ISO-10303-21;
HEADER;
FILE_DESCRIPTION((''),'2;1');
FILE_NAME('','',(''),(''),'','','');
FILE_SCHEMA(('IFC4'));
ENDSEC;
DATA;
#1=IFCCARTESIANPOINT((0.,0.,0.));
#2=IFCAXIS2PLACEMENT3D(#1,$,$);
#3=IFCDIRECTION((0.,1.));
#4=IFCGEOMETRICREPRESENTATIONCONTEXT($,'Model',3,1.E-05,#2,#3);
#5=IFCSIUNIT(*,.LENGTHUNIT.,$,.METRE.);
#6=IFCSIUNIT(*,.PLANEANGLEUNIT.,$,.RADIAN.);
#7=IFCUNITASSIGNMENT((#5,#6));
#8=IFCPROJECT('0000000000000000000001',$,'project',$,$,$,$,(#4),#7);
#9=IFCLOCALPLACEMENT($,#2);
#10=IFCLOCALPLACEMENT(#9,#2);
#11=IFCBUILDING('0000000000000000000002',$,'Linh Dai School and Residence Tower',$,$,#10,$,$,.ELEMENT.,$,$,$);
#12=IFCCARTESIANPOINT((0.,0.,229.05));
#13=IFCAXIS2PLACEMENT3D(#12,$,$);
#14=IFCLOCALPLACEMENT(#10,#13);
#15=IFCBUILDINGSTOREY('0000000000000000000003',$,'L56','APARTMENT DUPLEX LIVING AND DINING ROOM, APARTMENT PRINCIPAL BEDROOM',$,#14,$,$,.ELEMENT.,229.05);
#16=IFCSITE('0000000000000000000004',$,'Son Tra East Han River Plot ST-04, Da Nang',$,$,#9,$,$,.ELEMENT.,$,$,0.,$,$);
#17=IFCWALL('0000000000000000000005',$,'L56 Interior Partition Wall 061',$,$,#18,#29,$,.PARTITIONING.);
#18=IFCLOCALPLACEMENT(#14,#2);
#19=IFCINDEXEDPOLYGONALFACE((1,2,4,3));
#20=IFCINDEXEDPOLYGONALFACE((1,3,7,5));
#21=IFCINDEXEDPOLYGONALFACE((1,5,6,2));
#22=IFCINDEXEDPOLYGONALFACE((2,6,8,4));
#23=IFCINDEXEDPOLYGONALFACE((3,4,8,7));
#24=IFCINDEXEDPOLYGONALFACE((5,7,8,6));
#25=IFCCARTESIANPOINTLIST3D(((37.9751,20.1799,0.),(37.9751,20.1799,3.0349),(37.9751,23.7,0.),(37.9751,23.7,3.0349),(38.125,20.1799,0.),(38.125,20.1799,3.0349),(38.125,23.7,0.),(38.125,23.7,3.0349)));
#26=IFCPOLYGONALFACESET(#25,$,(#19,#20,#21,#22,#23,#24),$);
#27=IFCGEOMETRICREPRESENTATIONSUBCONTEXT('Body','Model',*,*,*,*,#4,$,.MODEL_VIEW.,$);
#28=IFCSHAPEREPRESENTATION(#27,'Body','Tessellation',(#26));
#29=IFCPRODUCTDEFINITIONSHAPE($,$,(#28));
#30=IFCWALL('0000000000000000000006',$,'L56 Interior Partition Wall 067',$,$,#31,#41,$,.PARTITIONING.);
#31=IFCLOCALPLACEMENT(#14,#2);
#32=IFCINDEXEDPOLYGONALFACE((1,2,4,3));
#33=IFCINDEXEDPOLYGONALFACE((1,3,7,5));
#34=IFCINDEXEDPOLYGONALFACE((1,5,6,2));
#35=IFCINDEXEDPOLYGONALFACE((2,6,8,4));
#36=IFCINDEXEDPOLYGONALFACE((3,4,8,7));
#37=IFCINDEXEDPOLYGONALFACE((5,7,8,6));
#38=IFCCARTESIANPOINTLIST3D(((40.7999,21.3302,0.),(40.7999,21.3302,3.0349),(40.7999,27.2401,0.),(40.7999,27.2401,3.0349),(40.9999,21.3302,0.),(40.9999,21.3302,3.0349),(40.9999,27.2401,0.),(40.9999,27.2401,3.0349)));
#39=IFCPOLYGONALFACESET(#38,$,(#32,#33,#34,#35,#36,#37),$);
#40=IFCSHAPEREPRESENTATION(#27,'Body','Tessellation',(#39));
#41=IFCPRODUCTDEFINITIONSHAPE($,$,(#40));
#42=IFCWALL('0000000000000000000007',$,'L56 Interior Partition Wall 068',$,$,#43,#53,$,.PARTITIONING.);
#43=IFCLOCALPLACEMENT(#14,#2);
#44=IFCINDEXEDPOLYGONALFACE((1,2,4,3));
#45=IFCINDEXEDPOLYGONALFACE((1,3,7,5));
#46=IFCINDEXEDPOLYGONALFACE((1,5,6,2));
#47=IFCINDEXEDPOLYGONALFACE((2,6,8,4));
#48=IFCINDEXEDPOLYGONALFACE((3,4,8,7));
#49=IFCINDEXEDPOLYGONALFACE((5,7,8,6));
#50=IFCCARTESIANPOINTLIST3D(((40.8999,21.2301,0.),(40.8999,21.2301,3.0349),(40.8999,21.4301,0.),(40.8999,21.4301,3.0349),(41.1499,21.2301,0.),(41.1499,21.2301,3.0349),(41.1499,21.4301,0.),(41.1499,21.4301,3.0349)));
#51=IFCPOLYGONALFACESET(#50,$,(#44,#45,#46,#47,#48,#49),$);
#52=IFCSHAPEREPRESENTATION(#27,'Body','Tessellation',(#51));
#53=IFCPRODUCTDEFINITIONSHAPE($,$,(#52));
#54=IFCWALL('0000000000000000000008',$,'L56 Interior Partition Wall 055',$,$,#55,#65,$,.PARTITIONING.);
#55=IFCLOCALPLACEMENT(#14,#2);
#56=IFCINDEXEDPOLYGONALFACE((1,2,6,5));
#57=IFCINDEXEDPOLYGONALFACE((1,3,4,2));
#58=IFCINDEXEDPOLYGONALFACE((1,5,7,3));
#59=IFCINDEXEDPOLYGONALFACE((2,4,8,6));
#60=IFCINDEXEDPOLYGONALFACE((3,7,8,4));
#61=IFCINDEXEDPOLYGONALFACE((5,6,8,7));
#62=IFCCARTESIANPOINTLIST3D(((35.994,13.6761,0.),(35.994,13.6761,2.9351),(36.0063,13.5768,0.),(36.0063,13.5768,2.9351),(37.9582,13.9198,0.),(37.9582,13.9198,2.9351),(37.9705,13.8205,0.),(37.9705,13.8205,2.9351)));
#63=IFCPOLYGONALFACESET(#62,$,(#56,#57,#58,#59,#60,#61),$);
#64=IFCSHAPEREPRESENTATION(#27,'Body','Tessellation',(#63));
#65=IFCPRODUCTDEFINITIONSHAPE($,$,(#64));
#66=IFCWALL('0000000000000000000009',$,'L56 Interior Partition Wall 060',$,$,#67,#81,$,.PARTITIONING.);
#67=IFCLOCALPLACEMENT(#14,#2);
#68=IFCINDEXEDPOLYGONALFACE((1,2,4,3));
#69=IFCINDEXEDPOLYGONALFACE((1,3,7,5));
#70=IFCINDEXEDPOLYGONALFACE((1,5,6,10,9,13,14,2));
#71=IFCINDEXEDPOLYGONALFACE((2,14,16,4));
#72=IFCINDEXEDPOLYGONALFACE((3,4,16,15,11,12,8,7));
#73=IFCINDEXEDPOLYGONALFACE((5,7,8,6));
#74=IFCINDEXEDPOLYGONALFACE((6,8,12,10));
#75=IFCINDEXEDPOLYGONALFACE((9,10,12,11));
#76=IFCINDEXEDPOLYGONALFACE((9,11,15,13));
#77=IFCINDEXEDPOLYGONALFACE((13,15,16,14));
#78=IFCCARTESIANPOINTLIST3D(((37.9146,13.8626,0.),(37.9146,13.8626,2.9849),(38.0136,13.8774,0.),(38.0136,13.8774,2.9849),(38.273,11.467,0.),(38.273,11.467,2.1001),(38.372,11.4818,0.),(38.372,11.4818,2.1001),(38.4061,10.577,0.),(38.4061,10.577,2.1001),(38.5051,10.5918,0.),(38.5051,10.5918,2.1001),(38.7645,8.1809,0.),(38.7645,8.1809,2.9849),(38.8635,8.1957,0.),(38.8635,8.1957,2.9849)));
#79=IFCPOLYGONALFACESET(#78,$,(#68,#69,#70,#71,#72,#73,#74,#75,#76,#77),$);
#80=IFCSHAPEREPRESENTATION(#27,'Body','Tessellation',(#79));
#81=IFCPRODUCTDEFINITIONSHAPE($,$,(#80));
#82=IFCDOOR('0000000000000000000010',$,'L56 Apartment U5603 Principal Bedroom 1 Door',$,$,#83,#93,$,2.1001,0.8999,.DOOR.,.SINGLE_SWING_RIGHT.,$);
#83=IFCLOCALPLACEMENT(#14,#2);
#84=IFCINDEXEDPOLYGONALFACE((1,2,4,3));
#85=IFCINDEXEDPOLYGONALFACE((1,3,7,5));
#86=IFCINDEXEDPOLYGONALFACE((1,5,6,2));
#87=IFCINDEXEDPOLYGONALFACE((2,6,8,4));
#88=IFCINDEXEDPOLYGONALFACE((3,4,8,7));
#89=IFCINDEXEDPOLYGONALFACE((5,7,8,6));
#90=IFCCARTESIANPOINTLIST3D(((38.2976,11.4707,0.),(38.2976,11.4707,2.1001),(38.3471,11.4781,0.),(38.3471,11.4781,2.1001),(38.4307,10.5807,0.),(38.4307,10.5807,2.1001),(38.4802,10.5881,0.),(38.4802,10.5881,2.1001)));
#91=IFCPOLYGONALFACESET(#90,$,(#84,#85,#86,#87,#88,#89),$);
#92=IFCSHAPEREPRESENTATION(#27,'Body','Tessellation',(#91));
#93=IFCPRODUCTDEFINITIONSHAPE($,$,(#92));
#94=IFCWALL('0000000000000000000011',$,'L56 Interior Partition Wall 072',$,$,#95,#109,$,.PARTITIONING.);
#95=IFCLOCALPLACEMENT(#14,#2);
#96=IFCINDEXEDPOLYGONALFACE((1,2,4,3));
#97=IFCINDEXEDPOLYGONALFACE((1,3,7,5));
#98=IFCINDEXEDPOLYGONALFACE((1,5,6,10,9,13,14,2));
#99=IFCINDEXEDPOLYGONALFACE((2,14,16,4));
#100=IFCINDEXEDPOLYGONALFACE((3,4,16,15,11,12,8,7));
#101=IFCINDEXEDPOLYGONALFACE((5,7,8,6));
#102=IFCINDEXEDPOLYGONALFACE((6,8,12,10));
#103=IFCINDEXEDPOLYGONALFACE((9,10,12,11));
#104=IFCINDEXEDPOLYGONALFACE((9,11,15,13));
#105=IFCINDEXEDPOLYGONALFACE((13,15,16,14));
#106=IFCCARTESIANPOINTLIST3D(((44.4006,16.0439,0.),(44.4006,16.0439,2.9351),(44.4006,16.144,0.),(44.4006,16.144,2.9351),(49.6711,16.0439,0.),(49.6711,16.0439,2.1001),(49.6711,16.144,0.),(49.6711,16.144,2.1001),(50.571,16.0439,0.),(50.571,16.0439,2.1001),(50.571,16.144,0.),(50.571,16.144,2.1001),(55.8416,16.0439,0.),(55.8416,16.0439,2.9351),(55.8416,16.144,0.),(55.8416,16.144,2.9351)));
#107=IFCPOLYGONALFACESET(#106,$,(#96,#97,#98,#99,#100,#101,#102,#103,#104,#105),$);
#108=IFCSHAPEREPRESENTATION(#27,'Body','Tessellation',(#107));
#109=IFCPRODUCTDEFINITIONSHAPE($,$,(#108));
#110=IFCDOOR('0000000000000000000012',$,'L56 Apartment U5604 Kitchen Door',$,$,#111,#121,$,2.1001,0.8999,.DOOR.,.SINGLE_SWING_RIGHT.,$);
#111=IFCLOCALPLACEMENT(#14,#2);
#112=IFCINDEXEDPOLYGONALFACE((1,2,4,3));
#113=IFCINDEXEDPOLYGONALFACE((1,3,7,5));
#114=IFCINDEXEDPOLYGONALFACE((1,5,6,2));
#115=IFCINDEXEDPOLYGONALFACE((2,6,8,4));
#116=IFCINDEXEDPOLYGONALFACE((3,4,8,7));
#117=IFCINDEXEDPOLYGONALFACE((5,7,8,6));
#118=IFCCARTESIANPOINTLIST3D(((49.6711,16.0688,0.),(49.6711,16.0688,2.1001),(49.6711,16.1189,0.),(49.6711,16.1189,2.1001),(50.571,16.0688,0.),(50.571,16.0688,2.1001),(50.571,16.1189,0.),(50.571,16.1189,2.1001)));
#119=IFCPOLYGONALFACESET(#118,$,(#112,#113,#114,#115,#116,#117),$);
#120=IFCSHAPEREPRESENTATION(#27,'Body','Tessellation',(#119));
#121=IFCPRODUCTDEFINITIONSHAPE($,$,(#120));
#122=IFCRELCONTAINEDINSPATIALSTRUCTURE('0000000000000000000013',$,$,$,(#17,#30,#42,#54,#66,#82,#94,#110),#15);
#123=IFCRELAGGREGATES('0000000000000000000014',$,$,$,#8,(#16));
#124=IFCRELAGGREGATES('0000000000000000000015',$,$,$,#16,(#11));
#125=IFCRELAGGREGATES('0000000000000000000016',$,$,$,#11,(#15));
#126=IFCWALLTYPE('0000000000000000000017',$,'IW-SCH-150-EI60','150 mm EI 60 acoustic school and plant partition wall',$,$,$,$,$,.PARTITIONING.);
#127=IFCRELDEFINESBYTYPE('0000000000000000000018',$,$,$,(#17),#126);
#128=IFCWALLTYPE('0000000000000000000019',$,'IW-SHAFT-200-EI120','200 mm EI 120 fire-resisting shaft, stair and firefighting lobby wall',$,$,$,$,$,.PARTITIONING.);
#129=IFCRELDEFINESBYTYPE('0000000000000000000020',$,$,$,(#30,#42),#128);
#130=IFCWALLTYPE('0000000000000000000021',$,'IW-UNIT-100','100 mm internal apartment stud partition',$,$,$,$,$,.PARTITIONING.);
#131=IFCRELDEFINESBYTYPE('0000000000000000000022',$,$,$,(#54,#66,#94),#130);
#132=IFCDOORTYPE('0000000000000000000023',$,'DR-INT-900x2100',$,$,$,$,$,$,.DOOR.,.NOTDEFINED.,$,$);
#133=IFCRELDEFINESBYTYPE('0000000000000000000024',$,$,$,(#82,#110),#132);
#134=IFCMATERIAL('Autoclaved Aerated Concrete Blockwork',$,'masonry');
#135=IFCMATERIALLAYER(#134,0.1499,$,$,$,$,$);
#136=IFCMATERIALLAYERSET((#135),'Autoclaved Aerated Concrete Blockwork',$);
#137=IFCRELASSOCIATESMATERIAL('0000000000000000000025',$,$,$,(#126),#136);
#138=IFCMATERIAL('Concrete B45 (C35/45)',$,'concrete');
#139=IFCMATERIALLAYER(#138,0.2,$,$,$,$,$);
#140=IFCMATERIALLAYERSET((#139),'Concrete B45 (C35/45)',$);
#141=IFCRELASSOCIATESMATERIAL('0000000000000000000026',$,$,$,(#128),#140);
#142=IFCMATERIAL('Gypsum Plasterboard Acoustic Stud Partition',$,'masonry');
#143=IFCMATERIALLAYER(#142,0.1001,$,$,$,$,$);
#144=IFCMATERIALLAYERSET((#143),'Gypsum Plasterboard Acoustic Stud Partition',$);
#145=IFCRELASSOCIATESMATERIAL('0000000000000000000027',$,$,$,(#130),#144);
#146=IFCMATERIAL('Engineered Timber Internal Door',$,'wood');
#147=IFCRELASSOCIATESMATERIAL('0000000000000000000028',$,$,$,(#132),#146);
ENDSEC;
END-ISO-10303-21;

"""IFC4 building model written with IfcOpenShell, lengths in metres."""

from ifc_helpers import new_model, si_unit, direction, frame, frame_2d, origin, origin_2d, place, context, subcontext, project, spatial, rectangle, extrude, source, transform, mapped, material, layer, layer_set, type_object, element, fill, save


model = new_model("IFC4")

# Units and contexts
model_context = context("Model", 3, precision=1e-05, world=origin(), true_north=direction((0.0, 1.0)))
body_context = subcontext(model_context, "Body", "Model", "MODEL_VIEW")
ifc_project = project(units=[si_unit("LENGTHUNIT", "METRE"), si_unit("PLANEANGLEUNIT", "RADIAN")], contexts=[model_context])

# Site, building, storey
site_placement = place(None, origin())
site = spatial("IfcSite", under=ifc_project, at=site_placement, Name="Son Tra East Han River Plot ST-04, Da Nang", CompositionType="ELEMENT", RefElevation=0.0)
building_placement = place(site_placement, origin())
building = spatial("IfcBuilding", under=site, at=building_placement, Name="Linh Dai School and Residence Tower", CompositionType="ELEMENT")
storey_placement = place(building_placement, frame((0.0, 0.0, 229.05)))
storey = spatial("IfcBuildingStorey", under=building, at=storey_placement, Name="L56", Description="APARTMENT DUPLEX LIVING AND DINING ROOM, APARTMENT PRINCIPAL BEDROOM", CompositionType="ELEMENT", Elevation=229.05)

# Walls
ifc_material_1 = material(Name="Autoclaved Aerated Concrete Blockwork", Category="masonry")
ifc_layer_1 = layer(ifc_material_1, 0.1499)
ifc_layer_set_1 = layer_set([ifc_layer_1], Name="Autoclaved Aerated Concrete Blockwork")
wall_type_1 = type_object("IfcWallType", Name="IW-SCH-150-EI60", Description="150 mm EI 60 acoustic school and plant partition wall", PredefinedType="PARTITIONING", material=ifc_layer_set_1)
wall_1_placement = place(storey_placement, frame((38.05, 20.1799, 0.0), z_axis=(0.0, 0.0, 1.0), x_axis=(0.0, 1.0, 0.0)))
element("IfcWall", 1, at=wall_1_placement, inside=storey, type_object=wall_type_1, Name="L56 Interior Partition Wall 061", PredefinedType="PARTITIONING", context=body_context, shape_type="SweptSolid", body=[
    extrude(rectangle(XDim=3.52, YDim=0.1499, at=frame_2d((1.76, 0.0))), origin(), (0.0, 0.0, 1.0), 3.0349),
])
ifc_material_2 = material(Name="Concrete B45 (C35/45)", Category="concrete")
ifc_layer_2 = layer(ifc_material_2, 0.2)
ifc_layer_set_2 = layer_set([ifc_layer_2], Name="Concrete B45 (C35/45)")
wall_type_2 = type_object("IfcWallType", Name="IW-SHAFT-200-EI120", Description="200 mm EI 120 fire-resisting shaft, stair and firefighting lobby wall", PredefinedType="PARTITIONING", material=ifc_layer_set_2)
wall_2_placement = place(storey_placement, frame((40.8999, 21.3301, 0.0), z_axis=(0.0, 0.0, 1.0), x_axis=(0.0, 1.0, 0.0)))
element("IfcWall", 2, at=wall_2_placement, inside=storey, type_object=wall_type_2, Name="L56 Interior Partition Wall 067", PredefinedType="PARTITIONING", context=body_context, shape_type="SweptSolid", body=[
    extrude(rectangle(XDim=5.9099, YDim=0.2, at=frame_2d((2.9551, 0.0))), origin(), (0.0, 0.0, 1.0), 3.0349),
])
wall_3_placement = place(storey_placement, frame((40.8999, 21.3301, 0.0), z_axis=(0.0, 0.0, 1.0), x_axis=(1.0, 0.0, 0.0)))
element("IfcWall", 3, at=wall_3_placement, inside=storey, type_object=wall_type_2, Name="L56 Interior Partition Wall 068", PredefinedType="PARTITIONING", context=body_context, shape_type="SweptSolid", body=[
    extrude(rectangle(XDim=0.25, YDim=0.2, at=frame_2d((0.125, 0.0))), origin(), (0.0, 0.0, 1.0), 3.0349),
])
ifc_material_3 = material(Name="Gypsum Plasterboard Acoustic Stud Partition", Category="masonry")
ifc_layer_3 = layer(ifc_material_3, 0.1001)
ifc_layer_set_3 = layer_set([ifc_layer_3], Name="Gypsum Plasterboard Acoustic Stud Partition")
wall_type_3 = type_object("IfcWallType", Name="IW-UNIT-100", Description="100 mm internal apartment stud partition", PredefinedType="PARTITIONING", material=ifc_layer_set_3)
wall_4_placement = place(storey_placement, frame((36.0, 13.6265, 0.0), z_axis=(0.0, 0.0, 1.0), x_axis=(0.992393, 0.123109, 0.0)))
element("IfcWall", 4, at=wall_4_placement, inside=storey, type_object=wall_type_3, Name="L56 Interior Partition Wall 055", PredefinedType="PARTITIONING", context=body_context, shape_type="SweptSolid", body=[
    extrude(rectangle(XDim=1.9792, YDim=0.1001, at=frame_2d((0.9897, 0.0))), origin(), (0.0, 0.0, 1.0), 2.9351),
])

# Walls, openings, doors
wall_5_placement = place(storey_placement, frame((37.9641, 13.8701, 0.0), z_axis=(0.0, 0.0, 1.0), x_axis=(0.147933, -0.988997, 0.0)))
wall_5 = element("IfcWall", 5, at=wall_5_placement, inside=storey, type_object=wall_type_3, Name="L56 Interior Partition Wall 060", PredefinedType="PARTITIONING", context=body_context, shape_type="SweptSolid", body=[
    extrude(rectangle(XDim=5.7449, YDim=0.1001, at=frame_2d((2.8726, 0.0))), origin(), (0.0, 0.0, 1.0), 2.9849),
])
opening_1_placement = place(wall_5_placement, frame((2.4224, 0.0, 0.0)))
opening_1 = element("IfcOpeningElement", 6, at=opening_1_placement, cuts=wall_5, PredefinedType="OPENING", context=body_context, shape_type="SweptSolid", body=[
    extrude(rectangle(XDim=0.8999, YDim=2.1001, at=origin_2d()), frame((0.45, 0.0601, 1.05), z_axis=(0.0, -1.0, 0.0), x_axis=(1.0, 0.0, 0.0)), (0.0, 0.0, 1.0), 0.1201),
])
ifc_material_4 = material(Name="Engineered Timber Internal Door", Category="wood")
door_type = type_object("IfcDoorType", Name="DR-INT-900x2100", OperationType="NOTDEFINED", PredefinedType="DOOR", material=ifc_material_4)
shared_shape_1 = source(origin(), body_context, "Body", "SweptSolid", [
    extrude(rectangle(XDim=0.8999, YDim=2.1001, at=origin_2d()), frame((0.45, 0.0249, 1.05), z_axis=(0.0, -1.0, 0.0), x_axis=(1.0, 0.0, 0.0)), (0.0, 0.0, 1.0), 0.05),
])
door_1_placement = place(opening_1_placement, origin())
door_1 = element("IfcDoor", 7, at=door_1_placement, inside=storey, type_object=door_type, Name="L56 Apartment U5603 Principal Bedroom 1 Door", OperationType="SINGLE_SWING_RIGHT", OverallHeight=2.1001, OverallWidth=0.8999, PredefinedType="DOOR", context=body_context, shape_type="MappedRepresentation", body=[
    mapped(shared_shape_1, transform((0.0, 0.0, 0.0), x_axis=(1.0, 0.0, 0.0), y_axis=(0.0, 1.0, 0.0), z_axis=(0.0, 0.0, 1.0), scale=1.0)),
])
fill(opening_1, door_1)
wall_6_placement = place(storey_placement, frame((44.4006, 16.094, 0.0), z_axis=(0.0, 0.0, 1.0), x_axis=(1.0, 0.0, 0.0)))
wall_6 = element("IfcWall", 8, at=wall_6_placement, inside=storey, type_object=wall_type_3, Name="L56 Interior Partition Wall 072", PredefinedType="PARTITIONING", context=body_context, shape_type="SweptSolid", body=[
    extrude(rectangle(XDim=11.4409, YDim=0.1001, at=frame_2d((5.7205, 0.0))), origin(), (0.0, 0.0, 1.0), 2.9351),
])
opening_2_placement = place(wall_6_placement, frame((5.2705, 0.0, 0.0)))
opening_2 = element("IfcOpeningElement", 9, at=opening_2_placement, cuts=wall_6, PredefinedType="OPENING", context=body_context, shape_type="SweptSolid", body=[
    extrude(rectangle(XDim=0.8999, YDim=2.1001, at=origin_2d()), frame((0.45, 0.0601, 1.05), z_axis=(0.0, -1.0, 0.0), x_axis=(1.0, 0.0, 0.0)), (0.0, 0.0, 1.0), 0.1201),
])
door_2_placement = place(opening_2_placement, origin())
door_2 = element("IfcDoor", 10, at=door_2_placement, inside=storey, type_object=door_type, Name="L56 Apartment U5604 Kitchen Door", OperationType="SINGLE_SWING_RIGHT", OverallHeight=2.1001, OverallWidth=0.8999, PredefinedType="DOOR", context=body_context, shape_type="MappedRepresentation", body=[
    mapped(shared_shape_1, transform((0.0, 0.0, 0.0), x_axis=(1.0, 0.0, 0.0), y_axis=(0.0, 1.0, 0.0), z_axis=(0.0, 0.0, 1.0), scale=1.0)),
])
fill(opening_2, door_2)

save(model, "model.ifc")
